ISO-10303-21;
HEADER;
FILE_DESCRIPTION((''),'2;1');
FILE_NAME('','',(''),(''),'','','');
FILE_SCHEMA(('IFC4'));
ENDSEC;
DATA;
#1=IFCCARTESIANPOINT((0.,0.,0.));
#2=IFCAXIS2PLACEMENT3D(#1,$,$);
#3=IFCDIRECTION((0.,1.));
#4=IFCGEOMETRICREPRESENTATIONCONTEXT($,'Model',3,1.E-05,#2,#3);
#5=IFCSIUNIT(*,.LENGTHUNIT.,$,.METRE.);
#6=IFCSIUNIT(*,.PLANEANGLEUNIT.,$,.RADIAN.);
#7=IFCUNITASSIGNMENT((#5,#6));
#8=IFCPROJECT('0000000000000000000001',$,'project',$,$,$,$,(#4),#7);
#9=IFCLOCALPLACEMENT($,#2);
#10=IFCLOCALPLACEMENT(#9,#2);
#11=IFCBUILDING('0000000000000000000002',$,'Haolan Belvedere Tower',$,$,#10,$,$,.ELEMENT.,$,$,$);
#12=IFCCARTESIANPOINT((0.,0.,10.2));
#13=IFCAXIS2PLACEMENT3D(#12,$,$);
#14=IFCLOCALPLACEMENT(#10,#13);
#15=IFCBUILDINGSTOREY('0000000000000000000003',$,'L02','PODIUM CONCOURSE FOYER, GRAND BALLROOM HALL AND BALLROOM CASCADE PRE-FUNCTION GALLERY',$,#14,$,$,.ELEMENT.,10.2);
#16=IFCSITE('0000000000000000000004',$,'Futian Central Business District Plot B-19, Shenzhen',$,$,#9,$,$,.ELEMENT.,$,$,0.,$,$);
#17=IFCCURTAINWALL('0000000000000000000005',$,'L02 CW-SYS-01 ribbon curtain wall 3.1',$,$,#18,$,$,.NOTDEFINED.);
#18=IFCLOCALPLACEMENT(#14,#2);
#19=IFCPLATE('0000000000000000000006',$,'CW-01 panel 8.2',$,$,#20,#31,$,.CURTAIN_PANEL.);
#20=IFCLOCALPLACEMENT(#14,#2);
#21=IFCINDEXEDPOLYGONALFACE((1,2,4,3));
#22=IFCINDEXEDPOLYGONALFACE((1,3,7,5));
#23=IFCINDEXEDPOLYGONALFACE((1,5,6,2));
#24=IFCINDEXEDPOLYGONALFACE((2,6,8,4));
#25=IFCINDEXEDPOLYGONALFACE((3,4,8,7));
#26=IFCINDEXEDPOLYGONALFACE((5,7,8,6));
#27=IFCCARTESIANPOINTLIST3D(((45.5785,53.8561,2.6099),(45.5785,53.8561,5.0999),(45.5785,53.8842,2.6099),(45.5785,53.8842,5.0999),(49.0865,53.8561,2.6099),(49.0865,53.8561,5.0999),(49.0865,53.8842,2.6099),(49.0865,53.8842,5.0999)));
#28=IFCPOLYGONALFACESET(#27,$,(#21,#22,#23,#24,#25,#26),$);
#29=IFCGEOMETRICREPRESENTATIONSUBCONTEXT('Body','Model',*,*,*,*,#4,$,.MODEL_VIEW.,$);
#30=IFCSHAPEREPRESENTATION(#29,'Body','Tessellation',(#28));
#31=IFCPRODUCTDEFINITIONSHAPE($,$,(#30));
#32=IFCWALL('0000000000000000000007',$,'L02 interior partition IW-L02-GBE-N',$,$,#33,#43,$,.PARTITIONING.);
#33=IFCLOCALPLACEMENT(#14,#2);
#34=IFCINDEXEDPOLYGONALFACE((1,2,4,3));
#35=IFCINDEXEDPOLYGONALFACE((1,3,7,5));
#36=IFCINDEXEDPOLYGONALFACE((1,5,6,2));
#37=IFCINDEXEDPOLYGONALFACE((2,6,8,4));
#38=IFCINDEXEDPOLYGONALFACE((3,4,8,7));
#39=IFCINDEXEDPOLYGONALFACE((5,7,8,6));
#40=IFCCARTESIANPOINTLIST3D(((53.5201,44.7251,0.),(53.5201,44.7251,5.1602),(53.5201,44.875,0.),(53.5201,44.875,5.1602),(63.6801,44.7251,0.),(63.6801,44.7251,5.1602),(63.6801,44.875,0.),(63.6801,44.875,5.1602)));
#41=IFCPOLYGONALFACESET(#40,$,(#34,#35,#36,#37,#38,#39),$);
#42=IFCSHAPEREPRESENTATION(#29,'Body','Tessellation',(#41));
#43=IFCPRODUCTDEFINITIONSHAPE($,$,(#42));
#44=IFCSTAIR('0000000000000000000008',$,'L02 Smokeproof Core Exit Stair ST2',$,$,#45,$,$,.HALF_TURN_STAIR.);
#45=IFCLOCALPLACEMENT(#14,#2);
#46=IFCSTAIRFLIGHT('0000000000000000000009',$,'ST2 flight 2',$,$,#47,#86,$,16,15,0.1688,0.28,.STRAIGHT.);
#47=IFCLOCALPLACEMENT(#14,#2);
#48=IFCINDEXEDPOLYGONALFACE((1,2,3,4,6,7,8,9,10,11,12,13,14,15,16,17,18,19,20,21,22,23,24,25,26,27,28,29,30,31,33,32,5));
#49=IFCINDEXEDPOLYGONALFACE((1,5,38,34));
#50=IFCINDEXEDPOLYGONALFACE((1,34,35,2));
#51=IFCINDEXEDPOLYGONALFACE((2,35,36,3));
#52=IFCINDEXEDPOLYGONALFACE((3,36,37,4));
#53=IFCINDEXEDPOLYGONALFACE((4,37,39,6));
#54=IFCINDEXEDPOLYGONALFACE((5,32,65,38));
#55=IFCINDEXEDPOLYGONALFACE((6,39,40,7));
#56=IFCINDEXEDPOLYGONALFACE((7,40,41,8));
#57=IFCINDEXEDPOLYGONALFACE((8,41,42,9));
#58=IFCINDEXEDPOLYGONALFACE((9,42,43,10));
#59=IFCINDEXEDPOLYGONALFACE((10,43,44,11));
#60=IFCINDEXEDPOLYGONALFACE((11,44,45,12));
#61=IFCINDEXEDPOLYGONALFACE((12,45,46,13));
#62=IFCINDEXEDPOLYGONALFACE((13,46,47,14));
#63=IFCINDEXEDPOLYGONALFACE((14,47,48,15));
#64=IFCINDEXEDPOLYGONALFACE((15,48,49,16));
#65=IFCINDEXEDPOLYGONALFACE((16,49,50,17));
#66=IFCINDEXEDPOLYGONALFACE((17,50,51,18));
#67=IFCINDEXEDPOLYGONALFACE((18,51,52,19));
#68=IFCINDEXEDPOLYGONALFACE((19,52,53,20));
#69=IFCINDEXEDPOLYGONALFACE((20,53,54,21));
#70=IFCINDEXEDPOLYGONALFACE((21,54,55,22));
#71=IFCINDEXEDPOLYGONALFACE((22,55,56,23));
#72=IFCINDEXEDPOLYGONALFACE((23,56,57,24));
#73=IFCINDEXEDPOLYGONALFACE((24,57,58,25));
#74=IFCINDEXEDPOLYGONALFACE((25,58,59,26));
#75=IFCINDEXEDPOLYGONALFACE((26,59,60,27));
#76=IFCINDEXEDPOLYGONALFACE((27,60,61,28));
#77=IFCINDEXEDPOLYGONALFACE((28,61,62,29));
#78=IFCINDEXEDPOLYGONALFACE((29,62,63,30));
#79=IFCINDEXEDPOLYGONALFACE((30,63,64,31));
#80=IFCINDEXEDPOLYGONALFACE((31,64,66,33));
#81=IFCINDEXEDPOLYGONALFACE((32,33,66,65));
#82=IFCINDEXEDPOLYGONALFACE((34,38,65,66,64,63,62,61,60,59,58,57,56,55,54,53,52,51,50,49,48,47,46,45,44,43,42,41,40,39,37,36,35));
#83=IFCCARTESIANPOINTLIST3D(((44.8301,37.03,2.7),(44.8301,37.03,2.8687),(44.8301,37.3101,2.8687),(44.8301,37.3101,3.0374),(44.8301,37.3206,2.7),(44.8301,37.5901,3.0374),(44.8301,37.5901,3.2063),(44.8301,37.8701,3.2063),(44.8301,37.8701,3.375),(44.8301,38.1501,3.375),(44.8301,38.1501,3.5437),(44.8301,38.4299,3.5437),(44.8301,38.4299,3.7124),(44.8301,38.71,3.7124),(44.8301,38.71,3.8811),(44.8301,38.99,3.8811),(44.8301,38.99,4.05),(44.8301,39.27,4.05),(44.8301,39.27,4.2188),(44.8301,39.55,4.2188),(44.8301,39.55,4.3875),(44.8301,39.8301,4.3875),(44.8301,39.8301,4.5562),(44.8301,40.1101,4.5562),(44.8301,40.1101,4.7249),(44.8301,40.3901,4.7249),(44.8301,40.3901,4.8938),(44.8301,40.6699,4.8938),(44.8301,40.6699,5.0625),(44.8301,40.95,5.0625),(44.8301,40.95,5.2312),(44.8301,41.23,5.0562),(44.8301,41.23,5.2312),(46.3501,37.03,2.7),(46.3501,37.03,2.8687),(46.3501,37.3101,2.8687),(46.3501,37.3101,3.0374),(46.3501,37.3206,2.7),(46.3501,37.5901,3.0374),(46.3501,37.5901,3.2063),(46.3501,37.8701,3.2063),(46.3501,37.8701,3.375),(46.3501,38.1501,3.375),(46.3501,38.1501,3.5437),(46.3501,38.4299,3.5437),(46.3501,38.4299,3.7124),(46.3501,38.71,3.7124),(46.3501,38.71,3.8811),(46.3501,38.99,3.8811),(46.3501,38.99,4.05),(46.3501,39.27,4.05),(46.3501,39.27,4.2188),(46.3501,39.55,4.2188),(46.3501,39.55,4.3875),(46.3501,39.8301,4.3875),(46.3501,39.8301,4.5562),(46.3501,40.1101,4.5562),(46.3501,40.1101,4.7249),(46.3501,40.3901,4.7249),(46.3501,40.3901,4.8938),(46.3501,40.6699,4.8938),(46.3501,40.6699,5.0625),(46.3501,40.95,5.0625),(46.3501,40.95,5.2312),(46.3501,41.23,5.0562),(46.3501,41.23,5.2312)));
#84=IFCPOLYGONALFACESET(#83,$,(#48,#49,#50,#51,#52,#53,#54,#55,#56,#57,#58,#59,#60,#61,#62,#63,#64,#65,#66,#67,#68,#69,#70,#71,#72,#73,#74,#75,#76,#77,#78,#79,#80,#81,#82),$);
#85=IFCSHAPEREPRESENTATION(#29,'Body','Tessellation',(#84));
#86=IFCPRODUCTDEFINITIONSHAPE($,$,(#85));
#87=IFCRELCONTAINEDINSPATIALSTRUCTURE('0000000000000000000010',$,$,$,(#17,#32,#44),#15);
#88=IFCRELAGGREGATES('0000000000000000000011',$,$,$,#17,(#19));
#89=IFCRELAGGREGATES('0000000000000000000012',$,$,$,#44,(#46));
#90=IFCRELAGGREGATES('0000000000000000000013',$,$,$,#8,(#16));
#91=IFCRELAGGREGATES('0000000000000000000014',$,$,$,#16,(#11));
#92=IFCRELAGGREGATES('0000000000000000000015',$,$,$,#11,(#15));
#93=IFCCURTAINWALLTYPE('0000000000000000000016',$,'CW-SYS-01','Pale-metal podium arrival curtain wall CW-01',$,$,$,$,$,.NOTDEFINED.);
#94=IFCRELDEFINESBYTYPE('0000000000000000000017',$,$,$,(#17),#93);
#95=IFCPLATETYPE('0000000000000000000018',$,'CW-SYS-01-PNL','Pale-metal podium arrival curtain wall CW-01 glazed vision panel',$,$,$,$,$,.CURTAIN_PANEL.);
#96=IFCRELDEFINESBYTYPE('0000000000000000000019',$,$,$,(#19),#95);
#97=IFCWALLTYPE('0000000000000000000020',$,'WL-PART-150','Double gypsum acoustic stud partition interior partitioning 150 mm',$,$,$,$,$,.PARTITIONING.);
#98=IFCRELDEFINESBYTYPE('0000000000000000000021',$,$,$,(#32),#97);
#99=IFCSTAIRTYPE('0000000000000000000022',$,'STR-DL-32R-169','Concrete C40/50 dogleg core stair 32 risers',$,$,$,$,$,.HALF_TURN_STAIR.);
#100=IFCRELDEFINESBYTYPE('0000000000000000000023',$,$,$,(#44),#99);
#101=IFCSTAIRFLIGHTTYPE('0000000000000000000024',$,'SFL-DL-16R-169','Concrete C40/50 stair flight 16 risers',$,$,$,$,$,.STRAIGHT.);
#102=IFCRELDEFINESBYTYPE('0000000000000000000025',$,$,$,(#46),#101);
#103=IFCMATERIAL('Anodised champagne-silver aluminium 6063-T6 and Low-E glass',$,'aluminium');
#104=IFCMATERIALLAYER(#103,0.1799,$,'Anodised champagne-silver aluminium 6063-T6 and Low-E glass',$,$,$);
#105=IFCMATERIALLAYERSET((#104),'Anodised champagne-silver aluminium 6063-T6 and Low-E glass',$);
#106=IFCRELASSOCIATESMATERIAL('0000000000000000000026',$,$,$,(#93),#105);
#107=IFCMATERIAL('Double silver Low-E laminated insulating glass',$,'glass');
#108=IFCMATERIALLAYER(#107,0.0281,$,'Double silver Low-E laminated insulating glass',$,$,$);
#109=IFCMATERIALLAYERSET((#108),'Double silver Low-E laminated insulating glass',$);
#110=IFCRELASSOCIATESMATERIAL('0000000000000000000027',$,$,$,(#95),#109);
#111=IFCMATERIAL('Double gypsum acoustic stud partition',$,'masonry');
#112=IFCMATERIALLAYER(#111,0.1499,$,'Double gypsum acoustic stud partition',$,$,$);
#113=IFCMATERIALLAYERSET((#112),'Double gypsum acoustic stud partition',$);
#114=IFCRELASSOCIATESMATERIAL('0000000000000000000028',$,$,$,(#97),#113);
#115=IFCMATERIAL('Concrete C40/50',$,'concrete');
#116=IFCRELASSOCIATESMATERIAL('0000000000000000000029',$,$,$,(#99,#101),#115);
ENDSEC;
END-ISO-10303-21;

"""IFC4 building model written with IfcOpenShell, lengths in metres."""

from ifc_helpers import new_model, si_unit, direction, frame, frame_2d, origin, origin_2d, place, context, subcontext, project, spatial, polyline, rectangle, outline, extrude, material, layer, layer_set, type_object, element, aggregate, save


model = new_model("IFC4")

# Units and contexts
model_context = context("Model", 3, precision=1e-05, world=origin(), true_north=direction((0.0, 1.0)))
body_context = subcontext(model_context, "Body", "Model", "MODEL_VIEW")
ifc_project = project(units=[si_unit("LENGTHUNIT", "METRE"), si_unit("PLANEANGLEUNIT", "RADIAN")], contexts=[model_context])

# Site, building, storey
site_placement = place(None, origin())
site = spatial("IfcSite", under=ifc_project, at=site_placement, Name="Futian Central Business District Plot B-19, Shenzhen", CompositionType="ELEMENT", RefElevation=0.0)
building_placement = place(site_placement, origin())
building = spatial("IfcBuilding", under=site, at=building_placement, Name="Haolan Belvedere Tower", CompositionType="ELEMENT")
storey_placement = place(building_placement, frame((0.0, 0.0, 10.2)))
storey = spatial("IfcBuildingStorey", under=building, at=storey_placement, Name="L02", Description="PODIUM CONCOURSE FOYER, GRAND BALLROOM HALL AND BALLROOM CASCADE PRE-FUNCTION GALLERY", CompositionType="ELEMENT", Elevation=10.2)

# Curtain wall, plate
ifc_material_1 = material(Name="Anodised champagne-silver aluminium 6063-T6 and Low-E glass", Category="aluminium")
ifc_layer_1 = layer(ifc_material_1, 0.1799, Name="Anodised champagne-silver aluminium 6063-T6 and Low-E glass")
ifc_layer_set_1 = layer_set([ifc_layer_1], Name="Anodised champagne-silver aluminium 6063-T6 and Low-E glass")
curtain_wall_type = type_object("IfcCurtainWallType", Name="CW-SYS-01", Description="Pale-metal podium arrival curtain wall CW-01", PredefinedType="NOTDEFINED", material=ifc_layer_set_1)
curtain_wall_placement = place(storey_placement, origin())
curtain_wall = element("IfcCurtainWall", 1, at=curtain_wall_placement, inside=storey, type_object=curtain_wall_type, Name="L02 CW-SYS-01 ribbon curtain wall 3.1", PredefinedType="NOTDEFINED")
ifc_material_2 = material(Name="Double silver Low-E laminated insulating glass", Category="glass")
ifc_layer_2 = layer(ifc_material_2, 0.0281, Name="Double silver Low-E laminated insulating glass")
ifc_layer_set_2 = layer_set([ifc_layer_2], Name="Double silver Low-E laminated insulating glass")
plate_type = type_object("IfcPlateType", Name="CW-SYS-01-PNL", Description="Pale-metal podium arrival curtain wall CW-01 glazed vision panel", PredefinedType="CURTAIN_PANEL", material=ifc_layer_set_2)
plate_1_placement = place(storey_placement, frame((47.3325, 53.8701, 2.6099), z_axis=(0.0, 0.0, 1.0), x_axis=(-1.0, 0.0, 0.0)))
plate_1 = element("IfcPlate", 2, at=plate_1_placement, type_object=plate_type, Name="CW-01 panel 8.2", PredefinedType="CURTAIN_PANEL", context=body_context, shape_type="SweptSolid", body=[
    extrude(rectangle(XDim=3.5081, YDim=0.0281, at=origin_2d()), origin(), (0.0, 0.0, 1.0), 2.49),
])
aggregate(curtain_wall, [plate_1])

# Shared definitions
ifc_material_3 = material(Name="Concrete C40/50", Category="concrete")

# Wall
ifc_material_4 = material(Name="Double gypsum acoustic stud partition", Category="masonry")
ifc_layer_3 = layer(ifc_material_4, 0.1499, Name="Double gypsum acoustic stud partition")
ifc_layer_set_3 = layer_set([ifc_layer_3], Name="Double gypsum acoustic stud partition")
wall_type_1 = type_object("IfcWallType", Name="WL-PART-150", Description="Double gypsum acoustic stud partition interior partitioning 150 mm", PredefinedType="PARTITIONING", material=ifc_layer_set_3)
wall_1_placement = place(storey_placement, frame((53.52, 44.8, 0.0), z_axis=(0.0, 0.0, 1.0), x_axis=(1.0, 0.0, 0.0)))
element("IfcWall", 3, at=wall_1_placement, inside=storey, type_object=wall_type_1, Name="L02 interior partition IW-L02-GBE-N", PredefinedType="PARTITIONING", context=body_context, shape_type="SweptSolid", body=[
    extrude(rectangle(XDim=10.1599, YDim=0.1499, at=frame_2d((5.0801, 0.0))), origin(), (0.0, 0.0, 1.0), 5.1602),
])

# Stair, stair flight
stair_type = type_object("IfcStairType", Name="STR-DL-32R-169", Description="Concrete C40/50 dogleg core stair 32 risers", PredefinedType="HALF_TURN_STAIR", material=ifc_material_3)
stair_placement = place(storey_placement, origin())
stair = element("IfcStair", 4, at=stair_placement, inside=storey, type_object=stair_type, Name="L02 Smokeproof Core Exit Stair ST2", PredefinedType="HALF_TURN_STAIR")
stair_flight_type = type_object("IfcStairFlightType", Name="SFL-DL-16R-169", Description="Concrete C40/50 stair flight 16 risers", PredefinedType="STRAIGHT", material=ifc_material_3)
stair_flight_placement = place(storey_placement, frame((45.5901, 37.03, 2.7), z_axis=(0.0, 0.0, 1.0), x_axis=(0.0, 1.0, 0.0)))
stair_flight = element("IfcStairFlight", 5, at=stair_flight_placement, type_object=stair_flight_type, Name="ST2 flight 2", NumberOfRisers=16, NumberOfTreads=15, PredefinedType="STRAIGHT", RiserHeight=0.1688, TreadLength=0.28, context=body_context, shape_type="SweptSolid", body=[
    extrude(outline(polyline([(0.0, 0.0), (0.0, 0.1687), (0.28, 0.1687), (0.28, 0.3374), (0.5601, 0.3374), (0.5601, 0.5063), (0.8401, 0.5063), (0.8401, 0.675), (1.1201, 0.675), (1.1201, 0.8438), (1.3999, 0.8438), (1.3999, 1.0125), (1.6799, 1.0125), (1.6799, 1.1812), (1.96, 1.1812), (1.96, 1.3501), (2.24, 1.3501), (2.24, 1.5188), (2.52, 1.5188), (2.52, 1.6875), (2.8, 1.6875), (2.8, 1.8562), (3.0801, 1.8562), (3.0801, 2.0249), (3.3601, 2.0249), (3.3601, 2.1938), (3.6399, 2.1938), (3.6399, 2.3625), (3.9199, 2.3625), (3.9199, 2.5312), (4.2, 2.5312), (4.2, 2.7), (4.2, 2.3562), (0.2905, 0.0), (0.0, 0.0)])), frame((0.0, 0.76, 0.0), z_axis=(0.0, -1.0, 0.0), x_axis=(1.0, 0.0, 0.0)), (0.0, 0.0, 1.0), 1.52),
])
aggregate(stair, [stair_flight])

save(model, "model.ifc")
